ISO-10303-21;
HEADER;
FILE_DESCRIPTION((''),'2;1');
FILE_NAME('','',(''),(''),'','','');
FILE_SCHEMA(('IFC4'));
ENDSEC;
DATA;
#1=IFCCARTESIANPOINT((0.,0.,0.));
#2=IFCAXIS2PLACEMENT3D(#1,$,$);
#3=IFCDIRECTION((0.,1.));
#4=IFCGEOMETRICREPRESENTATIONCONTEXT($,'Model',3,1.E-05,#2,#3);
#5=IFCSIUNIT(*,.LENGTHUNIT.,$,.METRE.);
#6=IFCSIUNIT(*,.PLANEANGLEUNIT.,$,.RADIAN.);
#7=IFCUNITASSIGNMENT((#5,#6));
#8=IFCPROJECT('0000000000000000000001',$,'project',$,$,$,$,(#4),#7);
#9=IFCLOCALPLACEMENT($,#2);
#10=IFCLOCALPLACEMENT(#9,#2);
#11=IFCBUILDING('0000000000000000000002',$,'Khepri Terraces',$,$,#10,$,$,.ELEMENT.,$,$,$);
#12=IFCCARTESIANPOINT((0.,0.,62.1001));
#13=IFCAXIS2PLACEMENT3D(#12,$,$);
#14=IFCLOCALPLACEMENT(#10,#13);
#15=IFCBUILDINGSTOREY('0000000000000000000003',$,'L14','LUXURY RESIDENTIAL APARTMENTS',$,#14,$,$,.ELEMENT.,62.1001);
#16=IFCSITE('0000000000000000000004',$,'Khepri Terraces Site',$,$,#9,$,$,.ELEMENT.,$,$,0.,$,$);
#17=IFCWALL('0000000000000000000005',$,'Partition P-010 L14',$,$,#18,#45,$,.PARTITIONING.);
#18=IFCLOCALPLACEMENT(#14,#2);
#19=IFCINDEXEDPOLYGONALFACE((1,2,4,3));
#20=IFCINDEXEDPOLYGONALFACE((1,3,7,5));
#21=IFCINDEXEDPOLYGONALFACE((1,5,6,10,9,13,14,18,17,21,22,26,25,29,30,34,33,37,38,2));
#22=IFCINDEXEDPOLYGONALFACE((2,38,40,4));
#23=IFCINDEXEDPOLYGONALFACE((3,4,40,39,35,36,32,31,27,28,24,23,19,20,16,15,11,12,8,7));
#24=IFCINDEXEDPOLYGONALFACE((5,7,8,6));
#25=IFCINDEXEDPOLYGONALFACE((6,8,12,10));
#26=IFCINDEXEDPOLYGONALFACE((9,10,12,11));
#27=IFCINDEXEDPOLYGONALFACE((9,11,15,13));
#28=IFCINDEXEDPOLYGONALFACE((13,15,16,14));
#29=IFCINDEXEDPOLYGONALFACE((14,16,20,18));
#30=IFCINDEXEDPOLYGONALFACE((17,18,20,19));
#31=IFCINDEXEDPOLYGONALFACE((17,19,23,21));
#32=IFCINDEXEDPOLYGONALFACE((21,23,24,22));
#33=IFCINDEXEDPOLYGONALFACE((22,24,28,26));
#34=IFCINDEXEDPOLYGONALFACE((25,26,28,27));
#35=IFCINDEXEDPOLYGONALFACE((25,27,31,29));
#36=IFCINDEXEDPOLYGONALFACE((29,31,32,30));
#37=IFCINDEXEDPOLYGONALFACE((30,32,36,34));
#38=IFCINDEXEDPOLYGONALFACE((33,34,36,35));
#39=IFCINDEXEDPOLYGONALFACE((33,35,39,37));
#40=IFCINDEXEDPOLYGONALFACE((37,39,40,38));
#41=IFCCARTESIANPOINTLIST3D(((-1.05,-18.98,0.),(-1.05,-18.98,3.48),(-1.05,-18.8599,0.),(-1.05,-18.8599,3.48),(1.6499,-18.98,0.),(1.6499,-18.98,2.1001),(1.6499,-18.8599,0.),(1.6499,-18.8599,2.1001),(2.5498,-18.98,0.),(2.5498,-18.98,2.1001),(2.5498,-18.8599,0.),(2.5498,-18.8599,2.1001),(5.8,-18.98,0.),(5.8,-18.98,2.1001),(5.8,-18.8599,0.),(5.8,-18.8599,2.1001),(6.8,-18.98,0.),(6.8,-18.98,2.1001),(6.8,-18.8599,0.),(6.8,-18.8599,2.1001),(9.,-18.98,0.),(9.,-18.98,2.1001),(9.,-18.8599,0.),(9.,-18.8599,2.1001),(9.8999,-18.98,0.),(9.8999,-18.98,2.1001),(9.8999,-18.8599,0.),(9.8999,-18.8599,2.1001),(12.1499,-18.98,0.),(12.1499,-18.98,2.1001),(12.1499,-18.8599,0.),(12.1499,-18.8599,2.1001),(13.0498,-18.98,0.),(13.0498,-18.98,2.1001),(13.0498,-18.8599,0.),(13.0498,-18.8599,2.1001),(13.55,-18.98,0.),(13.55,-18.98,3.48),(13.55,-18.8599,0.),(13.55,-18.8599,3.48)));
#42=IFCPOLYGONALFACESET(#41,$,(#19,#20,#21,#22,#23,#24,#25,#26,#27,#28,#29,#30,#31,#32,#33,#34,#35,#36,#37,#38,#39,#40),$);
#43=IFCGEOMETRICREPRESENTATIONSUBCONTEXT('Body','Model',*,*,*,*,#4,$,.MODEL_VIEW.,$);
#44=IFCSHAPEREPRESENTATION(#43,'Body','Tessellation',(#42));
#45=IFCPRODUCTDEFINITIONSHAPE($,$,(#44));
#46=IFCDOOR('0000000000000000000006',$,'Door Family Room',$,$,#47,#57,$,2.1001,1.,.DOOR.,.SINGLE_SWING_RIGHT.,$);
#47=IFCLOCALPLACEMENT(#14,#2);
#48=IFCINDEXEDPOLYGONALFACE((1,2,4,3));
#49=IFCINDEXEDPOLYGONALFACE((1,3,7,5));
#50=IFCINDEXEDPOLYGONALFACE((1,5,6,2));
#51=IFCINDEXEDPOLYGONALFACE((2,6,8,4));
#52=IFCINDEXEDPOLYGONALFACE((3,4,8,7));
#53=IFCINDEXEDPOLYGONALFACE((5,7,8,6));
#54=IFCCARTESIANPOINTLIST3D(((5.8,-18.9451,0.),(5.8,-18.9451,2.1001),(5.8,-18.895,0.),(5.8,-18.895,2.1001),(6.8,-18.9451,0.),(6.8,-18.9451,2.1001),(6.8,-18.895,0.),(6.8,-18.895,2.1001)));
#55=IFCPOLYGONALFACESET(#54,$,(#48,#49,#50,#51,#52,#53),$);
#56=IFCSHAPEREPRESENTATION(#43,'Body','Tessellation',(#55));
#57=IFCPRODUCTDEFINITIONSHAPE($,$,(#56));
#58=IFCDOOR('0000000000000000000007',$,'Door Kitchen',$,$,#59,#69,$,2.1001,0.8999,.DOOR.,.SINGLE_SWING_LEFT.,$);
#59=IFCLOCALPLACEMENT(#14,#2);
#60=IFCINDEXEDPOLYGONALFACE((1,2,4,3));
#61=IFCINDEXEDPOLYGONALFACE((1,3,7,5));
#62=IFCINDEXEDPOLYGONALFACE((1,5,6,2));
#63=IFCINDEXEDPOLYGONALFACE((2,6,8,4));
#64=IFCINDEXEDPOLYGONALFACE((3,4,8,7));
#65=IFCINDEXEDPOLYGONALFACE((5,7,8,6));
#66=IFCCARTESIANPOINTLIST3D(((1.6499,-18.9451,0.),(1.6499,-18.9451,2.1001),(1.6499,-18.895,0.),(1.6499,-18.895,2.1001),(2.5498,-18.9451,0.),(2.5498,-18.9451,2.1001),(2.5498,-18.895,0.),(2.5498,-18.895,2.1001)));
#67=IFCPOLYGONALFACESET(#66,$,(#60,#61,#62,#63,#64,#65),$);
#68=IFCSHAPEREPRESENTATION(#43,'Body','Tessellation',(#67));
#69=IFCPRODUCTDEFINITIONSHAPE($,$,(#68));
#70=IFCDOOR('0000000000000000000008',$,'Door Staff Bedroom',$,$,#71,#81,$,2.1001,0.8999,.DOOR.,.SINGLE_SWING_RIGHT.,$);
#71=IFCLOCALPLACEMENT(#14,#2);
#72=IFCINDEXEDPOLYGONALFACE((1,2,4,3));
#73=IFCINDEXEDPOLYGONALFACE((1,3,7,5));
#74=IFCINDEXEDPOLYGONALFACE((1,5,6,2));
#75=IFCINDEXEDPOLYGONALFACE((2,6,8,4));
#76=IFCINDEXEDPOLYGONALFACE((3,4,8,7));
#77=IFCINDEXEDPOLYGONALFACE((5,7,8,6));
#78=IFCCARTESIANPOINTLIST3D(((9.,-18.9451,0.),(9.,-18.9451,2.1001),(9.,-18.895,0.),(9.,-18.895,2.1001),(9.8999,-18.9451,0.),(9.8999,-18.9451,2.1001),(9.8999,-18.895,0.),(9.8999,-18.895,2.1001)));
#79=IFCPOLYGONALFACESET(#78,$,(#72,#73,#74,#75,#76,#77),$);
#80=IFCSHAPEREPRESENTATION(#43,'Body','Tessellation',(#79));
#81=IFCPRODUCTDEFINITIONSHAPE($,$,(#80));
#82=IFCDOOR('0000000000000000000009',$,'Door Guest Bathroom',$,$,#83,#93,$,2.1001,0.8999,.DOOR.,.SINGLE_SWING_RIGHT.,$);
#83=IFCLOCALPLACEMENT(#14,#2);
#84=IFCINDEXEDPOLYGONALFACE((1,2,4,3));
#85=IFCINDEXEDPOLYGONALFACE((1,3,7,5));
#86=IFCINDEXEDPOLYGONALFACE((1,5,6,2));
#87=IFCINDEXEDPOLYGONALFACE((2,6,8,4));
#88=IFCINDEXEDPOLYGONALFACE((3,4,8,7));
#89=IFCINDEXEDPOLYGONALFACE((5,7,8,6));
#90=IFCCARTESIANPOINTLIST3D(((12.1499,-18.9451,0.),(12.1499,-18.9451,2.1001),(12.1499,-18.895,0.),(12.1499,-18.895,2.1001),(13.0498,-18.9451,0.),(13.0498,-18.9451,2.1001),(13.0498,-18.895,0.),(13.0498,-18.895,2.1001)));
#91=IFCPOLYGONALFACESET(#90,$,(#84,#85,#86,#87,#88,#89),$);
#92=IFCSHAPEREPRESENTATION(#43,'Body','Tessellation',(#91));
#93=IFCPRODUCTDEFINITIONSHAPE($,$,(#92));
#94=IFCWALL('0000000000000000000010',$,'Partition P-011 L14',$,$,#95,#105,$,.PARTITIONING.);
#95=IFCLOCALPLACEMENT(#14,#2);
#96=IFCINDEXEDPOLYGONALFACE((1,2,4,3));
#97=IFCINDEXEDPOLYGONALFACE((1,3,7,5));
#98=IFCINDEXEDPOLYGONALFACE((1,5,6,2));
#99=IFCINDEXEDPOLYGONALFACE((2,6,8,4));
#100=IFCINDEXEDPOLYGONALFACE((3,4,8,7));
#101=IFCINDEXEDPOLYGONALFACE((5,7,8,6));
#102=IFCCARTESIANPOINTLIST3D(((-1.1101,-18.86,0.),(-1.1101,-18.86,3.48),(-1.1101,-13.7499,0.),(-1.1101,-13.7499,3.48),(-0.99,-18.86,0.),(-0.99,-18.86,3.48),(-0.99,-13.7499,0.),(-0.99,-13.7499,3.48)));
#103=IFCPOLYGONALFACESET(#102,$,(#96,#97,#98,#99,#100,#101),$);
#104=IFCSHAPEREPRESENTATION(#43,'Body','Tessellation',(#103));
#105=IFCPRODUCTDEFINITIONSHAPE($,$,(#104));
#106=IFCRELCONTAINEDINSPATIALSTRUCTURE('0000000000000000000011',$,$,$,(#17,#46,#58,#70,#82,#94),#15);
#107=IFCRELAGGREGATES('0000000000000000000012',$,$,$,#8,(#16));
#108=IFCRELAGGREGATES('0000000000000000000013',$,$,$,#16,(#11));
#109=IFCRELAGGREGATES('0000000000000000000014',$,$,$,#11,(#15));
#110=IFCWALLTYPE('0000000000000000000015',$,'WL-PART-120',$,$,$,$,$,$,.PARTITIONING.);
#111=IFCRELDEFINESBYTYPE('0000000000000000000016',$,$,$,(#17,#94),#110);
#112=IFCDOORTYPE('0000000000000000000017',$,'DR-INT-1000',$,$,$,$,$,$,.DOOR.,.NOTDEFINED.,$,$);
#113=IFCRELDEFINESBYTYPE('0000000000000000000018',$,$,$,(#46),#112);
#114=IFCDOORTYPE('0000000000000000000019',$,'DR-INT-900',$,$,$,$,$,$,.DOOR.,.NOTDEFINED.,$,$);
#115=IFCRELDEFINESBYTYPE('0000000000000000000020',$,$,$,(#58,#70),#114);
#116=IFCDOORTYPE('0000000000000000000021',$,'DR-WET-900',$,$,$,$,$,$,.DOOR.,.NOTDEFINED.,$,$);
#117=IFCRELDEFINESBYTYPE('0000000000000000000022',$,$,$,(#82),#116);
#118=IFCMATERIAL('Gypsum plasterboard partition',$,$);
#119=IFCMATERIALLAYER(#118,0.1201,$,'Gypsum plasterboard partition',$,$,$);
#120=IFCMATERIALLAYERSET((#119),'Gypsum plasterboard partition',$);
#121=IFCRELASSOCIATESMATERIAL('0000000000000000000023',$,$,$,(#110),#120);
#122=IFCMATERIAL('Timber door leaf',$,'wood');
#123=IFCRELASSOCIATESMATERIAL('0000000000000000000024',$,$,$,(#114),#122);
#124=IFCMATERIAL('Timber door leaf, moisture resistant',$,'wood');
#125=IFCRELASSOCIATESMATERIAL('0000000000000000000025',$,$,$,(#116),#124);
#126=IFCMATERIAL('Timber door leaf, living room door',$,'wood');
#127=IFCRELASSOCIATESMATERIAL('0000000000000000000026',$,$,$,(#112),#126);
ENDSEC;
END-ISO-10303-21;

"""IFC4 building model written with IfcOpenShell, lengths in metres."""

from ifc_helpers import new_model, si_unit, direction, frame, frame_2d, origin, place, context, subcontext, project, spatial, rectangle, extrude, material, layer, layer_set, type_object, element, fill, save


model = new_model("IFC4")

# Units and contexts
model_context = context("Model", 3, precision=1e-05, world=origin(), true_north=direction((0.0, 1.0)))
body_context = subcontext(model_context, "Body", "Model", "MODEL_VIEW")
ifc_project = project(units=[si_unit("LENGTHUNIT", "METRE"), si_unit("PLANEANGLEUNIT", "RADIAN")], contexts=[model_context])

# Site, building, storey
site_placement = place(None, origin())
site = spatial("IfcSite", under=ifc_project, at=site_placement, Name="Khepri Terraces Site", CompositionType="ELEMENT", RefElevation=0.0)
building_placement = place(site_placement, origin())
building = spatial("IfcBuilding", under=site, at=building_placement, Name="Khepri Terraces", CompositionType="ELEMENT")
storey_placement = place(building_placement, frame((0.0, 0.0, 62.1001)))
storey = spatial("IfcBuildingStorey", under=building, at=storey_placement, Name="L14", Description="LUXURY RESIDENTIAL APARTMENTS", CompositionType="ELEMENT", Elevation=62.1001)

# Shared definitions
ifc_material_1 = material(Name="Gypsum plasterboard partition")
ifc_layer_1 = layer(ifc_material_1, 0.1201, Name="Gypsum plasterboard partition")
ifc_layer_set_1 = layer_set([ifc_layer_1], Name="Gypsum plasterboard partition")
wall_type_1 = type_object("IfcWallType", Name="WL-PART-120", PredefinedType="PARTITIONING", material=ifc_layer_set_1)
ifc_material_2 = material(Name="Timber door leaf", Category="wood")
door_type_1 = type_object("IfcDoorType", Name="DR-INT-900", OperationType="NOTDEFINED", PredefinedType="DOOR", material=ifc_material_2)
ifc_material_3 = material(Name="Timber door leaf, moisture resistant", Category="wood")
door_type_2 = type_object("IfcDoorType", Name="DR-WET-900", OperationType="NOTDEFINED", PredefinedType="DOOR", material=ifc_material_3)

# Wall, openings, doors
wall_1_placement = place(storey_placement, frame((-1.05, -18.9199, 0.0), z_axis=(0.0, 0.0, 1.0), x_axis=(1.0, 0.0, 0.0)))
wall_1 = element("IfcWall", 1, at=wall_1_placement, inside=storey, type_object=wall_type_1, Name="Partition P-010 L14", PredefinedType="PARTITIONING", context=body_context, shape_type="SweptSolid", body=[
    extrude(rectangle(XDim=14.6001, YDim=0.1201, at=frame_2d((7.3, 0.0))), origin(), (0.0, 0.0, 1.0), 3.48),
])
opening_1_placement = place(wall_1_placement, frame((2.7, 0.0, 0.0)))
opening_1 = element("IfcOpeningElement", 2, at=opening_1_placement, cuts=wall_1, PredefinedType="OPENING", context=body_context, shape_type="SweptSolid", body=[
    extrude(rectangle(XDim=0.8999, YDim=2.1001, at=frame_2d((0.45, 1.05))), frame((0.0, 0.0701, 0.0), z_axis=(0.0, -1.0, 0.0), x_axis=(1.0, 0.0, 0.0)), (0.0, 0.0, 1.0), 0.1401),
])
opening_2_placement = place(wall_1_placement, frame((6.8501, 0.0, 0.0)))
opening_2 = element("IfcOpeningElement", 3, at=opening_2_placement, cuts=wall_1, PredefinedType="OPENING", context=body_context, shape_type="SweptSolid", body=[
    extrude(rectangle(XDim=1.0, YDim=2.1001, at=frame_2d((0.5, 1.05))), frame((0.0, 0.0701, 0.0), z_axis=(0.0, -1.0, 0.0), x_axis=(1.0, 0.0, 0.0)), (0.0, 0.0, 1.0), 0.1401),
])
opening_3_placement = place(wall_1_placement, frame((10.05, 0.0, 0.0)))
opening_3 = element("IfcOpeningElement", 4, at=opening_3_placement, cuts=wall_1, PredefinedType="OPENING", context=body_context, shape_type="SweptSolid", body=[
    extrude(rectangle(XDim=0.8999, YDim=2.1001, at=frame_2d((0.45, 1.05))), frame((0.0, 0.0701, 0.0), z_axis=(0.0, -1.0, 0.0), x_axis=(1.0, 0.0, 0.0)), (0.0, 0.0, 1.0), 0.1401),
])
opening_4_placement = place(wall_1_placement, frame((13.2, 0.0, 0.0)))
opening_4 = element("IfcOpeningElement", 5, at=opening_4_placement, cuts=wall_1, PredefinedType="OPENING", context=body_context, shape_type="SweptSolid", body=[
    extrude(rectangle(XDim=0.8999, YDim=2.1001, at=frame_2d((0.45, 1.05))), frame((0.0, 0.0701, 0.0), z_axis=(0.0, -1.0, 0.0), x_axis=(1.0, 0.0, 0.0)), (0.0, 0.0, 1.0), 0.1401),
])
ifc_material_4 = material(Name="Timber door leaf, living room door", Category="wood")
door_type_3 = type_object("IfcDoorType", Name="DR-INT-1000", OperationType="NOTDEFINED", PredefinedType="DOOR", material=ifc_material_4)
door_1_placement = place(opening_2_placement, origin())
door_1 = element("IfcDoor", 6, at=door_1_placement, inside=storey, type_object=door_type_3, Name="Door Family Room", OperationType="SINGLE_SWING_RIGHT", OverallHeight=2.1001, OverallWidth=1.0, PredefinedType="DOOR", context=body_context, shape_type="SweptSolid", body=[
    extrude(rectangle(XDim=1.0, YDim=2.1001, at=frame_2d((0.5, 1.05))), frame((0.0, 0.0249, 0.0), z_axis=(0.0, -1.0, 0.0), x_axis=(1.0, 0.0, 0.0)), (0.0, 0.0, 1.0), 0.05),
])
fill(opening_2, door_1)
door_2_placement = place(opening_1_placement, origin())
door_2 = element("IfcDoor", 7, at=door_2_placement, inside=storey, type_object=door_type_1, Name="Door Kitchen", OperationType="SINGLE_SWING_LEFT", OverallHeight=2.1001, OverallWidth=0.8999, PredefinedType="DOOR", context=body_context, shape_type="SweptSolid", body=[
    extrude(rectangle(XDim=0.8999, YDim=2.1001, at=frame_2d((0.45, 1.05))), frame((0.0, 0.0249, 0.0), z_axis=(0.0, -1.0, 0.0), x_axis=(1.0, 0.0, 0.0)), (0.0, 0.0, 1.0), 0.05),
])
fill(opening_1, door_2)
door_3_placement = place(opening_3_placement, origin())
door_3 = element("IfcDoor", 8, at=door_3_placement, inside=storey, type_object=door_type_1, Name="Door Staff Bedroom", OperationType="SINGLE_SWING_RIGHT", OverallHeight=2.1001, OverallWidth=0.8999, PredefinedType="DOOR", context=body_context, shape_type="SweptSolid", body=[
    extrude(rectangle(XDim=0.8999, YDim=2.1001, at=frame_2d((0.45, 1.05))), frame((0.0, 0.0249, 0.0), z_axis=(0.0, -1.0, 0.0), x_axis=(1.0, 0.0, 0.0)), (0.0, 0.0, 1.0), 0.05),
])
fill(opening_3, door_3)
door_4_placement = place(opening_4_placement, origin())
door_4 = element("IfcDoor", 9, at=door_4_placement, inside=storey, type_object=door_type_2, Name="Door Guest Bathroom", OperationType="SINGLE_SWING_RIGHT", OverallHeight=2.1001, OverallWidth=0.8999, PredefinedType="DOOR", context=body_context, shape_type="SweptSolid", body=[
    extrude(rectangle(XDim=0.8999, YDim=2.1001, at=frame_2d((0.45, 1.05))), frame((0.0, 0.0249, 0.0), z_axis=(0.0, -1.0, 0.0), x_axis=(1.0, 0.0, 0.0)), (0.0, 0.0, 1.0), 0.05),
])
fill(opening_4, door_4)

# Wall
wall_2_placement = place(storey_placement, frame((-1.05, -18.8601, 0.0), z_axis=(0.0, 0.0, 1.0), x_axis=(0.0, 1.0, 0.0)))
element("IfcWall", 10, at=wall_2_placement, inside=storey, type_object=wall_type_1, Name="Partition P-011 L14", PredefinedType="PARTITIONING", context=body_context, shape_type="SweptSolid", body=[
    extrude(rectangle(XDim=5.1101, YDim=0.1201, at=frame_2d((2.5552, 0.0))), origin(), (0.0, 0.0, 1.0), 3.48),
])

save(model, "model.ifc")
